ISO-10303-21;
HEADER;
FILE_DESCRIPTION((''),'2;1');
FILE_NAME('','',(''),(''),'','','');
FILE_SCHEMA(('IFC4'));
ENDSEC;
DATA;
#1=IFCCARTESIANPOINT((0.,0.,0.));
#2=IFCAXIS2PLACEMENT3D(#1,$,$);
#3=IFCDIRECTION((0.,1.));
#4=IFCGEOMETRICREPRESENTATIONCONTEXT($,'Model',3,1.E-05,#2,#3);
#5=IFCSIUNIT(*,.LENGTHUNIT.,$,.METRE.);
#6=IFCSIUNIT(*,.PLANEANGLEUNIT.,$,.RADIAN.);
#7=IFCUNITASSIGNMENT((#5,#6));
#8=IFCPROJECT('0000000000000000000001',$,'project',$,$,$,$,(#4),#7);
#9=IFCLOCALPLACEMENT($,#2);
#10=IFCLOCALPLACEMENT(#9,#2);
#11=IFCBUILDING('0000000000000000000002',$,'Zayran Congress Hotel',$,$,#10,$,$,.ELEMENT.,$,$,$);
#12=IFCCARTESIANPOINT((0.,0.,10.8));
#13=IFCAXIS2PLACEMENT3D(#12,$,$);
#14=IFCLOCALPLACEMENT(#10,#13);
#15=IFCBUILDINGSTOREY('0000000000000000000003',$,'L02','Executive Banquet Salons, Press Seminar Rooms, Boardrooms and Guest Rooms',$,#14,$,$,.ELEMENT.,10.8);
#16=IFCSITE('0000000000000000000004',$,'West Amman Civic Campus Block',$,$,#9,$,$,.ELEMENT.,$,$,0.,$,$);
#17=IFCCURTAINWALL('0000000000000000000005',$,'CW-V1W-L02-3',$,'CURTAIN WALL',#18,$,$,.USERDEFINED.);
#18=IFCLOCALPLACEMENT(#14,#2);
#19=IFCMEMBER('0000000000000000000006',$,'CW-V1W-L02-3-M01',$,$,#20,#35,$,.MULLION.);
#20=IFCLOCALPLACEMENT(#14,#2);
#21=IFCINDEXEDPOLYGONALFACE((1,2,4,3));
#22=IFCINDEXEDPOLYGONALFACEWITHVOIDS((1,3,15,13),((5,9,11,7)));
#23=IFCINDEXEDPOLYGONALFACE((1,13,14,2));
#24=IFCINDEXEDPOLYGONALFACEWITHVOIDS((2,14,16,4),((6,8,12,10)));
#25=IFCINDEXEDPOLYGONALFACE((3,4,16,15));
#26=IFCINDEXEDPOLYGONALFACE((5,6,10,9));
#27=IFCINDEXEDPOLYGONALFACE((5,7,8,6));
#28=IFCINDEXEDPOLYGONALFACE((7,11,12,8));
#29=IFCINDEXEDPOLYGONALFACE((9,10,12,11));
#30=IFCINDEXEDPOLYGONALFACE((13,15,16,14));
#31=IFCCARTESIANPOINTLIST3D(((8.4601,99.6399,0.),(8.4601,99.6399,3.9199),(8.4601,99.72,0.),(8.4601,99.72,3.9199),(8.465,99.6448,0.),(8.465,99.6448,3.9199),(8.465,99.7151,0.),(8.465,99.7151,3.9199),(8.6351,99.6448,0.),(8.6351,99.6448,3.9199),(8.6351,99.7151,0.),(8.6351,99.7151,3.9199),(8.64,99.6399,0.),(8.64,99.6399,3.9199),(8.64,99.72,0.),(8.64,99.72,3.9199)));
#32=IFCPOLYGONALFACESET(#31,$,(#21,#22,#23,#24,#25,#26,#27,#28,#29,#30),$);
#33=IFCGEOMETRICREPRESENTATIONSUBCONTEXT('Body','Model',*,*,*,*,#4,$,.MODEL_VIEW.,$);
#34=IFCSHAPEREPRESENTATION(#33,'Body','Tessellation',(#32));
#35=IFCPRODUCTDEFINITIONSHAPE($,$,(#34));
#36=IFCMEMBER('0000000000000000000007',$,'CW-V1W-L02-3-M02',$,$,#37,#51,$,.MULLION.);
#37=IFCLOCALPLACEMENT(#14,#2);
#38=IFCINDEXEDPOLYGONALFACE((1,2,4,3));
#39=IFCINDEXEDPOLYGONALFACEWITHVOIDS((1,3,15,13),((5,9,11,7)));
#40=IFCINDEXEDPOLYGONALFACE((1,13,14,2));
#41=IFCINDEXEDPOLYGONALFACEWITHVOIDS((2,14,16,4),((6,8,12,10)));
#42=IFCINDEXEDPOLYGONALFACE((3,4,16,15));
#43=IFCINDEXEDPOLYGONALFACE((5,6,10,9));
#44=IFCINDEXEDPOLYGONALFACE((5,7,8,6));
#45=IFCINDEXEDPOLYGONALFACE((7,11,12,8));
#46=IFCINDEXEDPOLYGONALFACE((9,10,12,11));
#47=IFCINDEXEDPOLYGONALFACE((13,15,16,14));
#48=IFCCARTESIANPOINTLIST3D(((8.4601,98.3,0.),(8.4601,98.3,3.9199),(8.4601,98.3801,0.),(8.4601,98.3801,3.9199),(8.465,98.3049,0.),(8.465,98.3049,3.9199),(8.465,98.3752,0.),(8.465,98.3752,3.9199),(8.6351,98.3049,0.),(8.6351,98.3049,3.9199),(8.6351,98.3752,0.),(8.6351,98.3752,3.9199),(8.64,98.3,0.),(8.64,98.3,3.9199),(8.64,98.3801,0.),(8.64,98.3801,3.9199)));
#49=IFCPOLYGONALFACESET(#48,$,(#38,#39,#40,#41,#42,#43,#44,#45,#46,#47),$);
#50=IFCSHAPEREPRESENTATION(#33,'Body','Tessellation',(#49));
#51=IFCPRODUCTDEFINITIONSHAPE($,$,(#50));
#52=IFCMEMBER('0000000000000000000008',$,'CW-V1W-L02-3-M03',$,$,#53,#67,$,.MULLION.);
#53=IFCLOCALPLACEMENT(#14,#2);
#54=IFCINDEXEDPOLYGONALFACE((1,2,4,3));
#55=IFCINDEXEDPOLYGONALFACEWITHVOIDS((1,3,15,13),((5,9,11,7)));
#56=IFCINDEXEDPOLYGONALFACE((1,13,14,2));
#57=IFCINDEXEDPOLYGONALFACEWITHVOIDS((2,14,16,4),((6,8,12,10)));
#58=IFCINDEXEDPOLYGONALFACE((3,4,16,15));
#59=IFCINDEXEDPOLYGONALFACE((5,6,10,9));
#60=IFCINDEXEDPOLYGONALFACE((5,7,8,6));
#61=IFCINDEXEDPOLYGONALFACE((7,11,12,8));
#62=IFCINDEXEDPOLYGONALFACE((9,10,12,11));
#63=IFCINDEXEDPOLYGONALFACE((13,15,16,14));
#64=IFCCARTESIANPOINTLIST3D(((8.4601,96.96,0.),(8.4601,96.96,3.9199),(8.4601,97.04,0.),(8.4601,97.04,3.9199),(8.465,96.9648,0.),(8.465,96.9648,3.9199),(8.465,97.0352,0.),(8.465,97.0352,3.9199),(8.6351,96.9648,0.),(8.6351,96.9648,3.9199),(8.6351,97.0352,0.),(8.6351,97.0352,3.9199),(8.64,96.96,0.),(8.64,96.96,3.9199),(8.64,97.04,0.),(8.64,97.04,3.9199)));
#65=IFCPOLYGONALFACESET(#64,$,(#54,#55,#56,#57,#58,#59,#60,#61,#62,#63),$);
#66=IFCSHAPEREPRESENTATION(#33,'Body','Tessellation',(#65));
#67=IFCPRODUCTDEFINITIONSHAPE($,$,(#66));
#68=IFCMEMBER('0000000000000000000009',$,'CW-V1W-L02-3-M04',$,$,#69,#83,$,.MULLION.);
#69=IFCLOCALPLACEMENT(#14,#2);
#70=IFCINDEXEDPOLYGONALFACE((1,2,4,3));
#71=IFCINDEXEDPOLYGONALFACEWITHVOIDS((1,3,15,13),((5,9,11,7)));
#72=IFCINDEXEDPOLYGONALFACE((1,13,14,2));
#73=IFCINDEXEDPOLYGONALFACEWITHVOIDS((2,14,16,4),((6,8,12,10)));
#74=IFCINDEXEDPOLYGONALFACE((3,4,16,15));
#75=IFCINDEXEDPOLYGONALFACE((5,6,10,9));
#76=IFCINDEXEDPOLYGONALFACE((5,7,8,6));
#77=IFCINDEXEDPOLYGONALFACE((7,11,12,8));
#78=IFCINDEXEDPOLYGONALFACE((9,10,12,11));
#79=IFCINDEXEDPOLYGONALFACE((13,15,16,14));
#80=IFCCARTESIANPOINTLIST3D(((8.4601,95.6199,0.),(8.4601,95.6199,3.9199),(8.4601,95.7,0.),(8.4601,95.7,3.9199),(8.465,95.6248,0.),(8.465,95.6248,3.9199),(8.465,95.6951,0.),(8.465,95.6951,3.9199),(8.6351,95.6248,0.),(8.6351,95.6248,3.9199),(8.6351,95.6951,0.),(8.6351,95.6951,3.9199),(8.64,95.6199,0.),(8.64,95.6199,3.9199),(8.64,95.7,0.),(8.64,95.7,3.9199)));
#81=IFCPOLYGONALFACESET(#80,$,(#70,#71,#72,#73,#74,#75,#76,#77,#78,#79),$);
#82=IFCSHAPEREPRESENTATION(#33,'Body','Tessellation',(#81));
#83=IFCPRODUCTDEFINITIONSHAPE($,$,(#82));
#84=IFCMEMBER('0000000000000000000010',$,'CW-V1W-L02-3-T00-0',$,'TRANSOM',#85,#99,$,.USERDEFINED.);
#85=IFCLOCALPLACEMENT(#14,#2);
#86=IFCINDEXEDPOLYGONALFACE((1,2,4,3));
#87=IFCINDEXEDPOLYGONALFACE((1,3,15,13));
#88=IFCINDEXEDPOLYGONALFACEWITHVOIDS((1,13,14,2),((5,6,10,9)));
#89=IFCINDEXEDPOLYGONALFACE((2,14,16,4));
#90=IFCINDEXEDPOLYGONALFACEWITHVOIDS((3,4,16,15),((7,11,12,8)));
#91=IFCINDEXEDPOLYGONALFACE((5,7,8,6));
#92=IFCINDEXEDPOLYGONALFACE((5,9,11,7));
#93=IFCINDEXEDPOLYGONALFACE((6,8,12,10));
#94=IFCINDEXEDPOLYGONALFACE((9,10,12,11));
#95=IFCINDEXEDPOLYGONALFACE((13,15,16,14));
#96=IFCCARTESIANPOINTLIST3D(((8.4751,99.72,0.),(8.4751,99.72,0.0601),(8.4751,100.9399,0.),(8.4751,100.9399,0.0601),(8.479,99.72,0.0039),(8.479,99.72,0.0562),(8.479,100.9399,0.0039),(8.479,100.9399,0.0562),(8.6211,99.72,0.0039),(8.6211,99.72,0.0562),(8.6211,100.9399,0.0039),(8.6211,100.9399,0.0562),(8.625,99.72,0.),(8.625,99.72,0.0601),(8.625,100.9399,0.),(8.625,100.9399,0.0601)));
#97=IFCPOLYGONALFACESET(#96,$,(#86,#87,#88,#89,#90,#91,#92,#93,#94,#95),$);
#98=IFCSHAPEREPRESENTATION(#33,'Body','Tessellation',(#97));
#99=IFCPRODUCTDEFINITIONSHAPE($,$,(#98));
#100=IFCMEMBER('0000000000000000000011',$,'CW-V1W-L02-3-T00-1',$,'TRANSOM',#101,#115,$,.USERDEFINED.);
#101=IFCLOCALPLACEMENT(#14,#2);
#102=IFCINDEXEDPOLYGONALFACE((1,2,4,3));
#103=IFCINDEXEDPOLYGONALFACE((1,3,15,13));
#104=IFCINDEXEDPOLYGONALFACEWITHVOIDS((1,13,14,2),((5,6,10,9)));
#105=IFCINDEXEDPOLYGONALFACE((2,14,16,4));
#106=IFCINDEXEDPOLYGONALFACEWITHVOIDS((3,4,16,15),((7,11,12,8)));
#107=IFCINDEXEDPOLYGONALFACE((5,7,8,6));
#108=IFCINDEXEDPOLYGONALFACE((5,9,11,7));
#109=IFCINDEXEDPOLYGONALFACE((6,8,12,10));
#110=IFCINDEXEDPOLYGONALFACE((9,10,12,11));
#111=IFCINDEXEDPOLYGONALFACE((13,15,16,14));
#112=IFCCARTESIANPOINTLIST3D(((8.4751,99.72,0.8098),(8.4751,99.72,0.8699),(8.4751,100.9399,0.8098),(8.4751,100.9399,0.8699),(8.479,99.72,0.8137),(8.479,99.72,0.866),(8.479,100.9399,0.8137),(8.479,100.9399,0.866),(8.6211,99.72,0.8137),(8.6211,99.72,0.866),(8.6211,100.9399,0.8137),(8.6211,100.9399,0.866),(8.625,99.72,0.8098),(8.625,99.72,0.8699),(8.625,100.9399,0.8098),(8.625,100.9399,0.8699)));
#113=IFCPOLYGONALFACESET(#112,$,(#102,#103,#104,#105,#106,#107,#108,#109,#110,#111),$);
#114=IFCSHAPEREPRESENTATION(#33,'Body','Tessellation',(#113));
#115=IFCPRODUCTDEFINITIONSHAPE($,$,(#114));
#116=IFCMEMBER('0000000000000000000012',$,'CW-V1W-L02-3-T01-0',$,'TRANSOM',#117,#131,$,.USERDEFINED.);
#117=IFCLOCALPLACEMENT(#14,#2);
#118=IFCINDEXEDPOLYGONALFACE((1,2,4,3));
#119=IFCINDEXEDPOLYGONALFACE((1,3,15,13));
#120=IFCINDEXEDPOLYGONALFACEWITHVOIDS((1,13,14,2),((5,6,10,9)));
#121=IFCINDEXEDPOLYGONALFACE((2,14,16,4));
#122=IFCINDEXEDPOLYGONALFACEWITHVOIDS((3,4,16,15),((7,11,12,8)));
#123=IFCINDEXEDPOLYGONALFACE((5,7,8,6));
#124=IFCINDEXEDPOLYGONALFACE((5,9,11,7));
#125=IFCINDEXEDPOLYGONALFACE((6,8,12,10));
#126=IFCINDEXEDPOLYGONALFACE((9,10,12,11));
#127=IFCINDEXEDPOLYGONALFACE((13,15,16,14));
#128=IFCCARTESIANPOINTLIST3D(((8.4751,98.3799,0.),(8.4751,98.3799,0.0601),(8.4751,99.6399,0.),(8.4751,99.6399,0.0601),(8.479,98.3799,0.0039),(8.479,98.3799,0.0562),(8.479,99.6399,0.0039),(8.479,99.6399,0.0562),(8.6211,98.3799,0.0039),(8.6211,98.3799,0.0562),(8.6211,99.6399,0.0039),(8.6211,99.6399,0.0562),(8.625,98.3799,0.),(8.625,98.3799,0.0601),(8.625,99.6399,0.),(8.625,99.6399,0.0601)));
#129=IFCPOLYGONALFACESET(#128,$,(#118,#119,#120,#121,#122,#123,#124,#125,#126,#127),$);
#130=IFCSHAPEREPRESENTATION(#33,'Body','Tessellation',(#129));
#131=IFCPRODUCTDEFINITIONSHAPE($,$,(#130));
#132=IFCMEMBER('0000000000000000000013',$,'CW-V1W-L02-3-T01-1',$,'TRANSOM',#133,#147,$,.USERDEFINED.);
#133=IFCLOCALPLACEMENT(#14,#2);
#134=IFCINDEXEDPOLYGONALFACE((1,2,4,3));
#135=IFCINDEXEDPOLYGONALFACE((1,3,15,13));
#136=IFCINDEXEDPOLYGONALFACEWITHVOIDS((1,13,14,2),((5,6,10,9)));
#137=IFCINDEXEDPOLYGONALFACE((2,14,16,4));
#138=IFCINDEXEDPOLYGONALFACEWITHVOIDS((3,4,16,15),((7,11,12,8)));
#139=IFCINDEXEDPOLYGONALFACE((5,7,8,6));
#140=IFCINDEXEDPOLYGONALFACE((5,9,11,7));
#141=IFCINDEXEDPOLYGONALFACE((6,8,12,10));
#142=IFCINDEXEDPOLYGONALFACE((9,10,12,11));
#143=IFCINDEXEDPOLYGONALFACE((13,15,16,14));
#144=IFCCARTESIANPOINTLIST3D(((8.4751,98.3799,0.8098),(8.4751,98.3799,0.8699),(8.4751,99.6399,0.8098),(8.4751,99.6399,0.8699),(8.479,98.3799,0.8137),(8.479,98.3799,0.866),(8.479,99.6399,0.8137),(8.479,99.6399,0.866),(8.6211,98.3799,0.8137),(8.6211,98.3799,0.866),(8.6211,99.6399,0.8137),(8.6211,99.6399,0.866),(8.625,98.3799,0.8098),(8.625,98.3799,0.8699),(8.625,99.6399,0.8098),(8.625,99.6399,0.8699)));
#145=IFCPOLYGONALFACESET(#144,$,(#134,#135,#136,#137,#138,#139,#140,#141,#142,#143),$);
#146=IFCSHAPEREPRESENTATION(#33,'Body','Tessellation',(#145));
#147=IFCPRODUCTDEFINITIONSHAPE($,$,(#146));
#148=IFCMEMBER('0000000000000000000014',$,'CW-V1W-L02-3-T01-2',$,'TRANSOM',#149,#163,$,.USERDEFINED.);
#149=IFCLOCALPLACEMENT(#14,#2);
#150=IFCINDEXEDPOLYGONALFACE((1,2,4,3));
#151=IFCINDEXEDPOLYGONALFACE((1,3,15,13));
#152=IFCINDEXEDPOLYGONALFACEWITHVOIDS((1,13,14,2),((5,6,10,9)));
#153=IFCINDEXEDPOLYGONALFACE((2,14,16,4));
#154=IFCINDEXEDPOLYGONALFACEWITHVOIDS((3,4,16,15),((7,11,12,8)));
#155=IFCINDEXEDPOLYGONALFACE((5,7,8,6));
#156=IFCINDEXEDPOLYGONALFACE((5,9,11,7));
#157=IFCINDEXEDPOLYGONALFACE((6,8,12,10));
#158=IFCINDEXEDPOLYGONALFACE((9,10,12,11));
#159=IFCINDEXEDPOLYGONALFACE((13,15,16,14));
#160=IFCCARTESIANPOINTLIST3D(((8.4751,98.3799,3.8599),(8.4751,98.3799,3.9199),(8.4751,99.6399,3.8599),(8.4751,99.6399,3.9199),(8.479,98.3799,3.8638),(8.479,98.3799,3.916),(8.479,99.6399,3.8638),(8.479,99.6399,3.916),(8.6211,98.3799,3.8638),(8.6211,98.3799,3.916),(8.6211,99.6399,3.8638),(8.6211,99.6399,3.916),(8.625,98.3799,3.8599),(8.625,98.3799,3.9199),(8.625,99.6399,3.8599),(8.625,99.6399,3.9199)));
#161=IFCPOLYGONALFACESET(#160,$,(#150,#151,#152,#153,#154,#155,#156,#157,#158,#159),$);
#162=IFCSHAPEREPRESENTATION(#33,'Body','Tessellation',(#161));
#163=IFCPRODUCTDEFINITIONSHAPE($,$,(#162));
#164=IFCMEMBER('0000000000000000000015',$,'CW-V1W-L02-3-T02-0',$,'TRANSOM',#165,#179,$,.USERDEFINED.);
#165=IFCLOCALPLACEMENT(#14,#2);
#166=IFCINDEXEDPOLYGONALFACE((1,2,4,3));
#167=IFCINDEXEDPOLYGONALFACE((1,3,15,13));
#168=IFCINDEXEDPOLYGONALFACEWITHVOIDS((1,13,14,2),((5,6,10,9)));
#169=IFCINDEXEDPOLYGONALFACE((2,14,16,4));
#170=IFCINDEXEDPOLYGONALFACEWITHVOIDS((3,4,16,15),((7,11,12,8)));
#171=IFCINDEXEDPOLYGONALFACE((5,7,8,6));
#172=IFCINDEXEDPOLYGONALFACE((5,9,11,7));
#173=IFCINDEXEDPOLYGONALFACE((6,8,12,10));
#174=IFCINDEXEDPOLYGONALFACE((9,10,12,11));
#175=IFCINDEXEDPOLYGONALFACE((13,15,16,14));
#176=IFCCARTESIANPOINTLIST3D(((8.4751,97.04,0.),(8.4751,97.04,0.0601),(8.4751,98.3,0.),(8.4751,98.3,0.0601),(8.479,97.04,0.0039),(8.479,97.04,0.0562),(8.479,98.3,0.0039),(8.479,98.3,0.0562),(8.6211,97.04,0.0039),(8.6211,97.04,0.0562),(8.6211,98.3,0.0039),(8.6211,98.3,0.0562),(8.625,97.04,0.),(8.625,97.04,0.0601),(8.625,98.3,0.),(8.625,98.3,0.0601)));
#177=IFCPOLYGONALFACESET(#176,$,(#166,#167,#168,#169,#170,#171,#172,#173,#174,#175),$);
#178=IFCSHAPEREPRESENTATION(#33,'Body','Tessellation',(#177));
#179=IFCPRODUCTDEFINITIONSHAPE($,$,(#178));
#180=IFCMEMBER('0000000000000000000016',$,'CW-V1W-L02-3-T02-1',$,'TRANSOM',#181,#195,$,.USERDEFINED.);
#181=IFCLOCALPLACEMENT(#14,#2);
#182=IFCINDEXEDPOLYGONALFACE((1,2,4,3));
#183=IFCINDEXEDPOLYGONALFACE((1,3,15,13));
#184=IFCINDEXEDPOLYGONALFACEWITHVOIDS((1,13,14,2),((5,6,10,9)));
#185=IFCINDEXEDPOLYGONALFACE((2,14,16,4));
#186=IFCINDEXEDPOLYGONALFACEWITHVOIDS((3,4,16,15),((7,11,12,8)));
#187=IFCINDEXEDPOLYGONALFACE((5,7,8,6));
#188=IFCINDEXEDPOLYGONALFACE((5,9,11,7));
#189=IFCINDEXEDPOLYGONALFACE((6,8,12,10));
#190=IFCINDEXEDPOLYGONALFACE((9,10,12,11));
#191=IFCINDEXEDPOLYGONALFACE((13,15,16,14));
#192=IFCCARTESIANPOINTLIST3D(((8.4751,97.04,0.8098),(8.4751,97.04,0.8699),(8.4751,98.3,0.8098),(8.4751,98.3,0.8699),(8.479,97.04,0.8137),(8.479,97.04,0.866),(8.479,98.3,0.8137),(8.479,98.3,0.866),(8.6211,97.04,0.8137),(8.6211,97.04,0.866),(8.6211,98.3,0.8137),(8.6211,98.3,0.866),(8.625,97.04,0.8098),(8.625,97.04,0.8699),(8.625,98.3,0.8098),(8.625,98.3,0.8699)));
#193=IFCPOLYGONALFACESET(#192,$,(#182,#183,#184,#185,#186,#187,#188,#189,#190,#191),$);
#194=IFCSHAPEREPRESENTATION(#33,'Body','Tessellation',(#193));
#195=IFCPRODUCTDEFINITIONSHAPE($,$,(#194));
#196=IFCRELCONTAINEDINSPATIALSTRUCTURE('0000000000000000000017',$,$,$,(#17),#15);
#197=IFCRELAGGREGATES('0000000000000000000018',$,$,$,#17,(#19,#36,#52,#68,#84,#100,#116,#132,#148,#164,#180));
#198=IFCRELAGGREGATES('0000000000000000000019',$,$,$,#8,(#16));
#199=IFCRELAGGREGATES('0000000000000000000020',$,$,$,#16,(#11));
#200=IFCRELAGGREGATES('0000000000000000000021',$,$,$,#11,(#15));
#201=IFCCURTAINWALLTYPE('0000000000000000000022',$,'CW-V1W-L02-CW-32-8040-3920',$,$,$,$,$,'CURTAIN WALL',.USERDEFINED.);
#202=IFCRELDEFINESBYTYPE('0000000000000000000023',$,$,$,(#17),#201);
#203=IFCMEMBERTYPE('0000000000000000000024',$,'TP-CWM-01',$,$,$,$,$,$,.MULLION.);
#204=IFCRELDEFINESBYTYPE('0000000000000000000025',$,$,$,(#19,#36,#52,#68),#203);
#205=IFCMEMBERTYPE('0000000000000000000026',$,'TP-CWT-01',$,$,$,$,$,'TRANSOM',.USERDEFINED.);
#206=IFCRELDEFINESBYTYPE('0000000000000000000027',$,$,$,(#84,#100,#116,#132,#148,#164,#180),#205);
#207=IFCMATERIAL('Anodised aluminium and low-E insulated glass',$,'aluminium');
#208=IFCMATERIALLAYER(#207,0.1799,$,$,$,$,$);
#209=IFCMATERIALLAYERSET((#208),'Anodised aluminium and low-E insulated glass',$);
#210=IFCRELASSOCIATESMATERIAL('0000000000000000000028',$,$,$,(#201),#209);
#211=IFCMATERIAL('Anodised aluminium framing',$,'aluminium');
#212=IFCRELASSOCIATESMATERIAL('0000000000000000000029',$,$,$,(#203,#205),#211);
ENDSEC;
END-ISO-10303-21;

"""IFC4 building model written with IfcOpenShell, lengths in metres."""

from ifc_helpers import new_model, si_unit, direction, frame, origin, origin_2d, place, context, subcontext, project, spatial, hollow_rectangle, extrude, material, layer, layer_set, material_profile, profile_set, type_object, element, aggregate, save


model = new_model("IFC4")

# Units and contexts
model_context = context("Model", 3, precision=1e-05, world=origin(), true_north=direction((0.0, 1.0)))
body_context = subcontext(model_context, "Body", "Model", "MODEL_VIEW")
ifc_project = project(units=[si_unit("LENGTHUNIT", "METRE"), si_unit("PLANEANGLEUNIT", "RADIAN")], contexts=[model_context])

# Site, building, storey
site_placement = place(None, origin())
site = spatial("IfcSite", under=ifc_project, at=site_placement, Name="West Amman Civic Campus Block", CompositionType="ELEMENT", RefElevation=0.0)
building_placement = place(site_placement, origin())
building = spatial("IfcBuilding", under=site, at=building_placement, Name="Zayran Congress Hotel", CompositionType="ELEMENT")
storey_placement = place(building_placement, frame((0.0, 0.0, 10.8)))
storey = spatial("IfcBuildingStorey", under=building, at=storey_placement, Name="L02", Description="Executive Banquet Salons, Press Seminar Rooms, Boardrooms and Guest Rooms", CompositionType="ELEMENT", Elevation=10.8)

# Curtain wall, members
ifc_material_1 = material(Name="Anodised aluminium and low-E insulated glass", Category="aluminium")
ifc_layer_1 = layer(ifc_material_1, 0.1799)
ifc_layer_set_1 = layer_set([ifc_layer_1], Name="Anodised aluminium and low-E insulated glass")
curtain_wall_type = type_object("IfcCurtainWallType", Name="CW-V1W-L02-CW-32-8040-3920", ElementType="CURTAIN WALL", PredefinedType="USERDEFINED", material=ifc_layer_set_1)
curtain_wall_placement = place(storey_placement, origin())
curtain_wall = element("IfcCurtainWall", 1, at=curtain_wall_placement, inside=storey, type_object=curtain_wall_type, Name="CW-V1W-L02-3", ObjectType="CURTAIN WALL", PredefinedType="USERDEFINED")
ifc_material_2 = material(Name="Anodised aluminium framing", Category="aluminium")
ifc_material_profile_1 = material_profile(ifc_material_2, hollow_rectangle(XDim=0.0801, YDim=0.1799, WallThickness=0.0049, at=origin_2d()), Name="RHS 180x80x5")
ifc_profile_set_1 = profile_set([ifc_material_profile_1], Name="Anodised aluminium framing")
member_type_1 = type_object("IfcMemberType", Name="TP-CWM-01", PredefinedType="MULLION", material=ifc_profile_set_1)
member_1_placement = place(storey_placement, frame((8.55, 99.6799, 0.0), z_axis=(0.0, 0.0, 1.0), x_axis=(0.0, 1.0, 0.0)))
member_1 = element("IfcMember", 2, at=member_1_placement, type_object=member_type_1, Name="CW-V1W-L02-3-M01", PredefinedType="MULLION", context=body_context, shape_type="SweptSolid", body=[
    extrude(hollow_rectangle(XDim=0.0801, YDim=0.1799, WallThickness=0.0049, at=origin_2d()), origin(), (0.0, 0.0, 1.0), 3.9199),
])
member_2_placement = place(storey_placement, frame((8.55, 98.3401, 0.0), z_axis=(0.0, 0.0, 1.0), x_axis=(0.0, 1.0, 0.0)))
member_2 = element("IfcMember", 3, at=member_2_placement, type_object=member_type_1, Name="CW-V1W-L02-3-M02", PredefinedType="MULLION", context=body_context, shape_type="SweptSolid", body=[
    extrude(hollow_rectangle(XDim=0.0801, YDim=0.1799, WallThickness=0.0049, at=origin_2d()), origin(), (0.0, 0.0, 1.0), 3.9199),
])
member_3_placement = place(storey_placement, frame((8.55, 97.0, 0.0), z_axis=(0.0, 0.0, 1.0), x_axis=(0.0, 1.0, 0.0)))
member_3 = element("IfcMember", 4, at=member_3_placement, type_object=member_type_1, Name="CW-V1W-L02-3-M03", PredefinedType="MULLION", context=body_context, shape_type="SweptSolid", body=[
    extrude(hollow_rectangle(XDim=0.0801, YDim=0.1799, WallThickness=0.0049, at=origin_2d()), origin(), (0.0, 0.0, 1.0), 3.9199),
])
member_4_placement = place(storey_placement, frame((8.55, 95.6599, 0.0), z_axis=(0.0, 0.0, 1.0), x_axis=(0.0, 1.0, 0.0)))
member_4 = element("IfcMember", 5, at=member_4_placement, type_object=member_type_1, Name="CW-V1W-L02-3-M04", PredefinedType="MULLION", context=body_context, shape_type="SweptSolid", body=[
    extrude(hollow_rectangle(XDim=0.0801, YDim=0.1799, WallThickness=0.0049, at=origin_2d()), origin(), (0.0, 0.0, 1.0), 3.9199),
])
ifc_material_profile_2 = material_profile(ifc_material_2, hollow_rectangle(XDim=0.0601, YDim=0.1499, WallThickness=0.0039, at=origin_2d()), Name="RHS 150x60x4")
ifc_profile_set_2 = profile_set([ifc_material_profile_2], Name="Anodised aluminium framing")
member_type_2 = type_object("IfcMemberType", Name="TP-CWT-01", ElementType="TRANSOM", PredefinedType="USERDEFINED", material=ifc_profile_set_2)
member_5_placement = place(storey_placement, frame((8.55, 100.9399, 0.03), z_axis=(0.0, -1.0, 0.0), x_axis=(0.0, 0.0, 1.0)))
member_5 = element("IfcMember", 6, at=member_5_placement, type_object=member_type_2, Name="CW-V1W-L02-3-T00-0", ObjectType="TRANSOM", PredefinedType="USERDEFINED", context=body_context, shape_type="SweptSolid", body=[
    extrude(hollow_rectangle(XDim=0.0601, YDim=0.1499, WallThickness=0.0039, at=origin_2d()), origin(), (0.0, 0.0, 1.0), 1.22),
])
member_6_placement = place(storey_placement, frame((8.55, 100.9399, 0.8398), z_axis=(0.0, -1.0, 0.0), x_axis=(0.0, 0.0, 1.0)))
member_6 = element("IfcMember", 7, at=member_6_placement, type_object=member_type_2, Name="CW-V1W-L02-3-T00-1", ObjectType="TRANSOM", PredefinedType="USERDEFINED", context=body_context, shape_type="SweptSolid", body=[
    extrude(hollow_rectangle(XDim=0.0601, YDim=0.1499, WallThickness=0.0039, at=origin_2d()), origin(), (0.0, 0.0, 1.0), 1.22),
])
member_7_placement = place(storey_placement, frame((8.55, 99.6399, 0.03), z_axis=(0.0, -1.0, 0.0), x_axis=(0.0, 0.0, 1.0)))
member_7 = element("IfcMember", 8, at=member_7_placement, type_object=member_type_2, Name="CW-V1W-L02-3-T01-0", ObjectType="TRANSOM", PredefinedType="USERDEFINED", context=body_context, shape_type="SweptSolid", body=[
    extrude(hollow_rectangle(XDim=0.0601, YDim=0.1499, WallThickness=0.0039, at=origin_2d()), origin(), (0.0, 0.0, 1.0), 1.26),
])
member_8_placement = place(storey_placement, frame((8.55, 99.6399, 0.8398), z_axis=(0.0, -1.0, 0.0), x_axis=(0.0, 0.0, 1.0)))
member_8 = element("IfcMember", 9, at=member_8_placement, type_object=member_type_2, Name="CW-V1W-L02-3-T01-1", ObjectType="TRANSOM", PredefinedType="USERDEFINED", context=body_context, shape_type="SweptSolid", body=[
    extrude(hollow_rectangle(XDim=0.0601, YDim=0.1499, WallThickness=0.0039, at=origin_2d()), origin(), (0.0, 0.0, 1.0), 1.26),
])
member_9_placement = place(storey_placement, frame((8.55, 99.6399, 3.8899), z_axis=(0.0, -1.0, 0.0), x_axis=(0.0, 0.0, 1.0)))
member_9 = element("IfcMember", 10, at=member_9_placement, type_object=member_type_2, Name="CW-V1W-L02-3-T01-2", ObjectType="TRANSOM", PredefinedType="USERDEFINED", context=body_context, shape_type="SweptSolid", body=[
    extrude(hollow_rectangle(XDim=0.0601, YDim=0.1499, WallThickness=0.0039, at=origin_2d()), origin(), (0.0, 0.0, 1.0), 1.26),
])
member_10_placement = place(storey_placement, frame((8.55, 98.3, 0.03), z_axis=(0.0, -1.0, 0.0), x_axis=(0.0, 0.0, 1.0)))
member_10 = element("IfcMember", 11, at=member_10_placement, type_object=member_type_2, Name="CW-V1W-L02-3-T02-0", ObjectType="TRANSOM", PredefinedType="USERDEFINED", context=body_context, shape_type="SweptSolid", body=[
    extrude(hollow_rectangle(XDim=0.0601, YDim=0.1499, WallThickness=0.0039, at=origin_2d()), origin(), (0.0, 0.0, 1.0), 1.26),
])
member_11_placement = place(storey_placement, frame((8.55, 98.3, 0.8398), z_axis=(0.0, -1.0, 0.0), x_axis=(0.0, 0.0, 1.0)))
member_11 = element("IfcMember", 12, at=member_11_placement, type_object=member_type_2, Name="CW-V1W-L02-3-T02-1", ObjectType="TRANSOM", PredefinedType="USERDEFINED", context=body_context, shape_type="SweptSolid", body=[
    extrude(hollow_rectangle(XDim=0.0601, YDim=0.1499, WallThickness=0.0039, at=origin_2d()), origin(), (0.0, 0.0, 1.0), 1.26),
])
aggregate(curtain_wall, [member_1, member_2, member_3, member_4, member_5, member_6, member_7, member_8, member_9, member_10, member_11])

save(model, "model.ifc")
